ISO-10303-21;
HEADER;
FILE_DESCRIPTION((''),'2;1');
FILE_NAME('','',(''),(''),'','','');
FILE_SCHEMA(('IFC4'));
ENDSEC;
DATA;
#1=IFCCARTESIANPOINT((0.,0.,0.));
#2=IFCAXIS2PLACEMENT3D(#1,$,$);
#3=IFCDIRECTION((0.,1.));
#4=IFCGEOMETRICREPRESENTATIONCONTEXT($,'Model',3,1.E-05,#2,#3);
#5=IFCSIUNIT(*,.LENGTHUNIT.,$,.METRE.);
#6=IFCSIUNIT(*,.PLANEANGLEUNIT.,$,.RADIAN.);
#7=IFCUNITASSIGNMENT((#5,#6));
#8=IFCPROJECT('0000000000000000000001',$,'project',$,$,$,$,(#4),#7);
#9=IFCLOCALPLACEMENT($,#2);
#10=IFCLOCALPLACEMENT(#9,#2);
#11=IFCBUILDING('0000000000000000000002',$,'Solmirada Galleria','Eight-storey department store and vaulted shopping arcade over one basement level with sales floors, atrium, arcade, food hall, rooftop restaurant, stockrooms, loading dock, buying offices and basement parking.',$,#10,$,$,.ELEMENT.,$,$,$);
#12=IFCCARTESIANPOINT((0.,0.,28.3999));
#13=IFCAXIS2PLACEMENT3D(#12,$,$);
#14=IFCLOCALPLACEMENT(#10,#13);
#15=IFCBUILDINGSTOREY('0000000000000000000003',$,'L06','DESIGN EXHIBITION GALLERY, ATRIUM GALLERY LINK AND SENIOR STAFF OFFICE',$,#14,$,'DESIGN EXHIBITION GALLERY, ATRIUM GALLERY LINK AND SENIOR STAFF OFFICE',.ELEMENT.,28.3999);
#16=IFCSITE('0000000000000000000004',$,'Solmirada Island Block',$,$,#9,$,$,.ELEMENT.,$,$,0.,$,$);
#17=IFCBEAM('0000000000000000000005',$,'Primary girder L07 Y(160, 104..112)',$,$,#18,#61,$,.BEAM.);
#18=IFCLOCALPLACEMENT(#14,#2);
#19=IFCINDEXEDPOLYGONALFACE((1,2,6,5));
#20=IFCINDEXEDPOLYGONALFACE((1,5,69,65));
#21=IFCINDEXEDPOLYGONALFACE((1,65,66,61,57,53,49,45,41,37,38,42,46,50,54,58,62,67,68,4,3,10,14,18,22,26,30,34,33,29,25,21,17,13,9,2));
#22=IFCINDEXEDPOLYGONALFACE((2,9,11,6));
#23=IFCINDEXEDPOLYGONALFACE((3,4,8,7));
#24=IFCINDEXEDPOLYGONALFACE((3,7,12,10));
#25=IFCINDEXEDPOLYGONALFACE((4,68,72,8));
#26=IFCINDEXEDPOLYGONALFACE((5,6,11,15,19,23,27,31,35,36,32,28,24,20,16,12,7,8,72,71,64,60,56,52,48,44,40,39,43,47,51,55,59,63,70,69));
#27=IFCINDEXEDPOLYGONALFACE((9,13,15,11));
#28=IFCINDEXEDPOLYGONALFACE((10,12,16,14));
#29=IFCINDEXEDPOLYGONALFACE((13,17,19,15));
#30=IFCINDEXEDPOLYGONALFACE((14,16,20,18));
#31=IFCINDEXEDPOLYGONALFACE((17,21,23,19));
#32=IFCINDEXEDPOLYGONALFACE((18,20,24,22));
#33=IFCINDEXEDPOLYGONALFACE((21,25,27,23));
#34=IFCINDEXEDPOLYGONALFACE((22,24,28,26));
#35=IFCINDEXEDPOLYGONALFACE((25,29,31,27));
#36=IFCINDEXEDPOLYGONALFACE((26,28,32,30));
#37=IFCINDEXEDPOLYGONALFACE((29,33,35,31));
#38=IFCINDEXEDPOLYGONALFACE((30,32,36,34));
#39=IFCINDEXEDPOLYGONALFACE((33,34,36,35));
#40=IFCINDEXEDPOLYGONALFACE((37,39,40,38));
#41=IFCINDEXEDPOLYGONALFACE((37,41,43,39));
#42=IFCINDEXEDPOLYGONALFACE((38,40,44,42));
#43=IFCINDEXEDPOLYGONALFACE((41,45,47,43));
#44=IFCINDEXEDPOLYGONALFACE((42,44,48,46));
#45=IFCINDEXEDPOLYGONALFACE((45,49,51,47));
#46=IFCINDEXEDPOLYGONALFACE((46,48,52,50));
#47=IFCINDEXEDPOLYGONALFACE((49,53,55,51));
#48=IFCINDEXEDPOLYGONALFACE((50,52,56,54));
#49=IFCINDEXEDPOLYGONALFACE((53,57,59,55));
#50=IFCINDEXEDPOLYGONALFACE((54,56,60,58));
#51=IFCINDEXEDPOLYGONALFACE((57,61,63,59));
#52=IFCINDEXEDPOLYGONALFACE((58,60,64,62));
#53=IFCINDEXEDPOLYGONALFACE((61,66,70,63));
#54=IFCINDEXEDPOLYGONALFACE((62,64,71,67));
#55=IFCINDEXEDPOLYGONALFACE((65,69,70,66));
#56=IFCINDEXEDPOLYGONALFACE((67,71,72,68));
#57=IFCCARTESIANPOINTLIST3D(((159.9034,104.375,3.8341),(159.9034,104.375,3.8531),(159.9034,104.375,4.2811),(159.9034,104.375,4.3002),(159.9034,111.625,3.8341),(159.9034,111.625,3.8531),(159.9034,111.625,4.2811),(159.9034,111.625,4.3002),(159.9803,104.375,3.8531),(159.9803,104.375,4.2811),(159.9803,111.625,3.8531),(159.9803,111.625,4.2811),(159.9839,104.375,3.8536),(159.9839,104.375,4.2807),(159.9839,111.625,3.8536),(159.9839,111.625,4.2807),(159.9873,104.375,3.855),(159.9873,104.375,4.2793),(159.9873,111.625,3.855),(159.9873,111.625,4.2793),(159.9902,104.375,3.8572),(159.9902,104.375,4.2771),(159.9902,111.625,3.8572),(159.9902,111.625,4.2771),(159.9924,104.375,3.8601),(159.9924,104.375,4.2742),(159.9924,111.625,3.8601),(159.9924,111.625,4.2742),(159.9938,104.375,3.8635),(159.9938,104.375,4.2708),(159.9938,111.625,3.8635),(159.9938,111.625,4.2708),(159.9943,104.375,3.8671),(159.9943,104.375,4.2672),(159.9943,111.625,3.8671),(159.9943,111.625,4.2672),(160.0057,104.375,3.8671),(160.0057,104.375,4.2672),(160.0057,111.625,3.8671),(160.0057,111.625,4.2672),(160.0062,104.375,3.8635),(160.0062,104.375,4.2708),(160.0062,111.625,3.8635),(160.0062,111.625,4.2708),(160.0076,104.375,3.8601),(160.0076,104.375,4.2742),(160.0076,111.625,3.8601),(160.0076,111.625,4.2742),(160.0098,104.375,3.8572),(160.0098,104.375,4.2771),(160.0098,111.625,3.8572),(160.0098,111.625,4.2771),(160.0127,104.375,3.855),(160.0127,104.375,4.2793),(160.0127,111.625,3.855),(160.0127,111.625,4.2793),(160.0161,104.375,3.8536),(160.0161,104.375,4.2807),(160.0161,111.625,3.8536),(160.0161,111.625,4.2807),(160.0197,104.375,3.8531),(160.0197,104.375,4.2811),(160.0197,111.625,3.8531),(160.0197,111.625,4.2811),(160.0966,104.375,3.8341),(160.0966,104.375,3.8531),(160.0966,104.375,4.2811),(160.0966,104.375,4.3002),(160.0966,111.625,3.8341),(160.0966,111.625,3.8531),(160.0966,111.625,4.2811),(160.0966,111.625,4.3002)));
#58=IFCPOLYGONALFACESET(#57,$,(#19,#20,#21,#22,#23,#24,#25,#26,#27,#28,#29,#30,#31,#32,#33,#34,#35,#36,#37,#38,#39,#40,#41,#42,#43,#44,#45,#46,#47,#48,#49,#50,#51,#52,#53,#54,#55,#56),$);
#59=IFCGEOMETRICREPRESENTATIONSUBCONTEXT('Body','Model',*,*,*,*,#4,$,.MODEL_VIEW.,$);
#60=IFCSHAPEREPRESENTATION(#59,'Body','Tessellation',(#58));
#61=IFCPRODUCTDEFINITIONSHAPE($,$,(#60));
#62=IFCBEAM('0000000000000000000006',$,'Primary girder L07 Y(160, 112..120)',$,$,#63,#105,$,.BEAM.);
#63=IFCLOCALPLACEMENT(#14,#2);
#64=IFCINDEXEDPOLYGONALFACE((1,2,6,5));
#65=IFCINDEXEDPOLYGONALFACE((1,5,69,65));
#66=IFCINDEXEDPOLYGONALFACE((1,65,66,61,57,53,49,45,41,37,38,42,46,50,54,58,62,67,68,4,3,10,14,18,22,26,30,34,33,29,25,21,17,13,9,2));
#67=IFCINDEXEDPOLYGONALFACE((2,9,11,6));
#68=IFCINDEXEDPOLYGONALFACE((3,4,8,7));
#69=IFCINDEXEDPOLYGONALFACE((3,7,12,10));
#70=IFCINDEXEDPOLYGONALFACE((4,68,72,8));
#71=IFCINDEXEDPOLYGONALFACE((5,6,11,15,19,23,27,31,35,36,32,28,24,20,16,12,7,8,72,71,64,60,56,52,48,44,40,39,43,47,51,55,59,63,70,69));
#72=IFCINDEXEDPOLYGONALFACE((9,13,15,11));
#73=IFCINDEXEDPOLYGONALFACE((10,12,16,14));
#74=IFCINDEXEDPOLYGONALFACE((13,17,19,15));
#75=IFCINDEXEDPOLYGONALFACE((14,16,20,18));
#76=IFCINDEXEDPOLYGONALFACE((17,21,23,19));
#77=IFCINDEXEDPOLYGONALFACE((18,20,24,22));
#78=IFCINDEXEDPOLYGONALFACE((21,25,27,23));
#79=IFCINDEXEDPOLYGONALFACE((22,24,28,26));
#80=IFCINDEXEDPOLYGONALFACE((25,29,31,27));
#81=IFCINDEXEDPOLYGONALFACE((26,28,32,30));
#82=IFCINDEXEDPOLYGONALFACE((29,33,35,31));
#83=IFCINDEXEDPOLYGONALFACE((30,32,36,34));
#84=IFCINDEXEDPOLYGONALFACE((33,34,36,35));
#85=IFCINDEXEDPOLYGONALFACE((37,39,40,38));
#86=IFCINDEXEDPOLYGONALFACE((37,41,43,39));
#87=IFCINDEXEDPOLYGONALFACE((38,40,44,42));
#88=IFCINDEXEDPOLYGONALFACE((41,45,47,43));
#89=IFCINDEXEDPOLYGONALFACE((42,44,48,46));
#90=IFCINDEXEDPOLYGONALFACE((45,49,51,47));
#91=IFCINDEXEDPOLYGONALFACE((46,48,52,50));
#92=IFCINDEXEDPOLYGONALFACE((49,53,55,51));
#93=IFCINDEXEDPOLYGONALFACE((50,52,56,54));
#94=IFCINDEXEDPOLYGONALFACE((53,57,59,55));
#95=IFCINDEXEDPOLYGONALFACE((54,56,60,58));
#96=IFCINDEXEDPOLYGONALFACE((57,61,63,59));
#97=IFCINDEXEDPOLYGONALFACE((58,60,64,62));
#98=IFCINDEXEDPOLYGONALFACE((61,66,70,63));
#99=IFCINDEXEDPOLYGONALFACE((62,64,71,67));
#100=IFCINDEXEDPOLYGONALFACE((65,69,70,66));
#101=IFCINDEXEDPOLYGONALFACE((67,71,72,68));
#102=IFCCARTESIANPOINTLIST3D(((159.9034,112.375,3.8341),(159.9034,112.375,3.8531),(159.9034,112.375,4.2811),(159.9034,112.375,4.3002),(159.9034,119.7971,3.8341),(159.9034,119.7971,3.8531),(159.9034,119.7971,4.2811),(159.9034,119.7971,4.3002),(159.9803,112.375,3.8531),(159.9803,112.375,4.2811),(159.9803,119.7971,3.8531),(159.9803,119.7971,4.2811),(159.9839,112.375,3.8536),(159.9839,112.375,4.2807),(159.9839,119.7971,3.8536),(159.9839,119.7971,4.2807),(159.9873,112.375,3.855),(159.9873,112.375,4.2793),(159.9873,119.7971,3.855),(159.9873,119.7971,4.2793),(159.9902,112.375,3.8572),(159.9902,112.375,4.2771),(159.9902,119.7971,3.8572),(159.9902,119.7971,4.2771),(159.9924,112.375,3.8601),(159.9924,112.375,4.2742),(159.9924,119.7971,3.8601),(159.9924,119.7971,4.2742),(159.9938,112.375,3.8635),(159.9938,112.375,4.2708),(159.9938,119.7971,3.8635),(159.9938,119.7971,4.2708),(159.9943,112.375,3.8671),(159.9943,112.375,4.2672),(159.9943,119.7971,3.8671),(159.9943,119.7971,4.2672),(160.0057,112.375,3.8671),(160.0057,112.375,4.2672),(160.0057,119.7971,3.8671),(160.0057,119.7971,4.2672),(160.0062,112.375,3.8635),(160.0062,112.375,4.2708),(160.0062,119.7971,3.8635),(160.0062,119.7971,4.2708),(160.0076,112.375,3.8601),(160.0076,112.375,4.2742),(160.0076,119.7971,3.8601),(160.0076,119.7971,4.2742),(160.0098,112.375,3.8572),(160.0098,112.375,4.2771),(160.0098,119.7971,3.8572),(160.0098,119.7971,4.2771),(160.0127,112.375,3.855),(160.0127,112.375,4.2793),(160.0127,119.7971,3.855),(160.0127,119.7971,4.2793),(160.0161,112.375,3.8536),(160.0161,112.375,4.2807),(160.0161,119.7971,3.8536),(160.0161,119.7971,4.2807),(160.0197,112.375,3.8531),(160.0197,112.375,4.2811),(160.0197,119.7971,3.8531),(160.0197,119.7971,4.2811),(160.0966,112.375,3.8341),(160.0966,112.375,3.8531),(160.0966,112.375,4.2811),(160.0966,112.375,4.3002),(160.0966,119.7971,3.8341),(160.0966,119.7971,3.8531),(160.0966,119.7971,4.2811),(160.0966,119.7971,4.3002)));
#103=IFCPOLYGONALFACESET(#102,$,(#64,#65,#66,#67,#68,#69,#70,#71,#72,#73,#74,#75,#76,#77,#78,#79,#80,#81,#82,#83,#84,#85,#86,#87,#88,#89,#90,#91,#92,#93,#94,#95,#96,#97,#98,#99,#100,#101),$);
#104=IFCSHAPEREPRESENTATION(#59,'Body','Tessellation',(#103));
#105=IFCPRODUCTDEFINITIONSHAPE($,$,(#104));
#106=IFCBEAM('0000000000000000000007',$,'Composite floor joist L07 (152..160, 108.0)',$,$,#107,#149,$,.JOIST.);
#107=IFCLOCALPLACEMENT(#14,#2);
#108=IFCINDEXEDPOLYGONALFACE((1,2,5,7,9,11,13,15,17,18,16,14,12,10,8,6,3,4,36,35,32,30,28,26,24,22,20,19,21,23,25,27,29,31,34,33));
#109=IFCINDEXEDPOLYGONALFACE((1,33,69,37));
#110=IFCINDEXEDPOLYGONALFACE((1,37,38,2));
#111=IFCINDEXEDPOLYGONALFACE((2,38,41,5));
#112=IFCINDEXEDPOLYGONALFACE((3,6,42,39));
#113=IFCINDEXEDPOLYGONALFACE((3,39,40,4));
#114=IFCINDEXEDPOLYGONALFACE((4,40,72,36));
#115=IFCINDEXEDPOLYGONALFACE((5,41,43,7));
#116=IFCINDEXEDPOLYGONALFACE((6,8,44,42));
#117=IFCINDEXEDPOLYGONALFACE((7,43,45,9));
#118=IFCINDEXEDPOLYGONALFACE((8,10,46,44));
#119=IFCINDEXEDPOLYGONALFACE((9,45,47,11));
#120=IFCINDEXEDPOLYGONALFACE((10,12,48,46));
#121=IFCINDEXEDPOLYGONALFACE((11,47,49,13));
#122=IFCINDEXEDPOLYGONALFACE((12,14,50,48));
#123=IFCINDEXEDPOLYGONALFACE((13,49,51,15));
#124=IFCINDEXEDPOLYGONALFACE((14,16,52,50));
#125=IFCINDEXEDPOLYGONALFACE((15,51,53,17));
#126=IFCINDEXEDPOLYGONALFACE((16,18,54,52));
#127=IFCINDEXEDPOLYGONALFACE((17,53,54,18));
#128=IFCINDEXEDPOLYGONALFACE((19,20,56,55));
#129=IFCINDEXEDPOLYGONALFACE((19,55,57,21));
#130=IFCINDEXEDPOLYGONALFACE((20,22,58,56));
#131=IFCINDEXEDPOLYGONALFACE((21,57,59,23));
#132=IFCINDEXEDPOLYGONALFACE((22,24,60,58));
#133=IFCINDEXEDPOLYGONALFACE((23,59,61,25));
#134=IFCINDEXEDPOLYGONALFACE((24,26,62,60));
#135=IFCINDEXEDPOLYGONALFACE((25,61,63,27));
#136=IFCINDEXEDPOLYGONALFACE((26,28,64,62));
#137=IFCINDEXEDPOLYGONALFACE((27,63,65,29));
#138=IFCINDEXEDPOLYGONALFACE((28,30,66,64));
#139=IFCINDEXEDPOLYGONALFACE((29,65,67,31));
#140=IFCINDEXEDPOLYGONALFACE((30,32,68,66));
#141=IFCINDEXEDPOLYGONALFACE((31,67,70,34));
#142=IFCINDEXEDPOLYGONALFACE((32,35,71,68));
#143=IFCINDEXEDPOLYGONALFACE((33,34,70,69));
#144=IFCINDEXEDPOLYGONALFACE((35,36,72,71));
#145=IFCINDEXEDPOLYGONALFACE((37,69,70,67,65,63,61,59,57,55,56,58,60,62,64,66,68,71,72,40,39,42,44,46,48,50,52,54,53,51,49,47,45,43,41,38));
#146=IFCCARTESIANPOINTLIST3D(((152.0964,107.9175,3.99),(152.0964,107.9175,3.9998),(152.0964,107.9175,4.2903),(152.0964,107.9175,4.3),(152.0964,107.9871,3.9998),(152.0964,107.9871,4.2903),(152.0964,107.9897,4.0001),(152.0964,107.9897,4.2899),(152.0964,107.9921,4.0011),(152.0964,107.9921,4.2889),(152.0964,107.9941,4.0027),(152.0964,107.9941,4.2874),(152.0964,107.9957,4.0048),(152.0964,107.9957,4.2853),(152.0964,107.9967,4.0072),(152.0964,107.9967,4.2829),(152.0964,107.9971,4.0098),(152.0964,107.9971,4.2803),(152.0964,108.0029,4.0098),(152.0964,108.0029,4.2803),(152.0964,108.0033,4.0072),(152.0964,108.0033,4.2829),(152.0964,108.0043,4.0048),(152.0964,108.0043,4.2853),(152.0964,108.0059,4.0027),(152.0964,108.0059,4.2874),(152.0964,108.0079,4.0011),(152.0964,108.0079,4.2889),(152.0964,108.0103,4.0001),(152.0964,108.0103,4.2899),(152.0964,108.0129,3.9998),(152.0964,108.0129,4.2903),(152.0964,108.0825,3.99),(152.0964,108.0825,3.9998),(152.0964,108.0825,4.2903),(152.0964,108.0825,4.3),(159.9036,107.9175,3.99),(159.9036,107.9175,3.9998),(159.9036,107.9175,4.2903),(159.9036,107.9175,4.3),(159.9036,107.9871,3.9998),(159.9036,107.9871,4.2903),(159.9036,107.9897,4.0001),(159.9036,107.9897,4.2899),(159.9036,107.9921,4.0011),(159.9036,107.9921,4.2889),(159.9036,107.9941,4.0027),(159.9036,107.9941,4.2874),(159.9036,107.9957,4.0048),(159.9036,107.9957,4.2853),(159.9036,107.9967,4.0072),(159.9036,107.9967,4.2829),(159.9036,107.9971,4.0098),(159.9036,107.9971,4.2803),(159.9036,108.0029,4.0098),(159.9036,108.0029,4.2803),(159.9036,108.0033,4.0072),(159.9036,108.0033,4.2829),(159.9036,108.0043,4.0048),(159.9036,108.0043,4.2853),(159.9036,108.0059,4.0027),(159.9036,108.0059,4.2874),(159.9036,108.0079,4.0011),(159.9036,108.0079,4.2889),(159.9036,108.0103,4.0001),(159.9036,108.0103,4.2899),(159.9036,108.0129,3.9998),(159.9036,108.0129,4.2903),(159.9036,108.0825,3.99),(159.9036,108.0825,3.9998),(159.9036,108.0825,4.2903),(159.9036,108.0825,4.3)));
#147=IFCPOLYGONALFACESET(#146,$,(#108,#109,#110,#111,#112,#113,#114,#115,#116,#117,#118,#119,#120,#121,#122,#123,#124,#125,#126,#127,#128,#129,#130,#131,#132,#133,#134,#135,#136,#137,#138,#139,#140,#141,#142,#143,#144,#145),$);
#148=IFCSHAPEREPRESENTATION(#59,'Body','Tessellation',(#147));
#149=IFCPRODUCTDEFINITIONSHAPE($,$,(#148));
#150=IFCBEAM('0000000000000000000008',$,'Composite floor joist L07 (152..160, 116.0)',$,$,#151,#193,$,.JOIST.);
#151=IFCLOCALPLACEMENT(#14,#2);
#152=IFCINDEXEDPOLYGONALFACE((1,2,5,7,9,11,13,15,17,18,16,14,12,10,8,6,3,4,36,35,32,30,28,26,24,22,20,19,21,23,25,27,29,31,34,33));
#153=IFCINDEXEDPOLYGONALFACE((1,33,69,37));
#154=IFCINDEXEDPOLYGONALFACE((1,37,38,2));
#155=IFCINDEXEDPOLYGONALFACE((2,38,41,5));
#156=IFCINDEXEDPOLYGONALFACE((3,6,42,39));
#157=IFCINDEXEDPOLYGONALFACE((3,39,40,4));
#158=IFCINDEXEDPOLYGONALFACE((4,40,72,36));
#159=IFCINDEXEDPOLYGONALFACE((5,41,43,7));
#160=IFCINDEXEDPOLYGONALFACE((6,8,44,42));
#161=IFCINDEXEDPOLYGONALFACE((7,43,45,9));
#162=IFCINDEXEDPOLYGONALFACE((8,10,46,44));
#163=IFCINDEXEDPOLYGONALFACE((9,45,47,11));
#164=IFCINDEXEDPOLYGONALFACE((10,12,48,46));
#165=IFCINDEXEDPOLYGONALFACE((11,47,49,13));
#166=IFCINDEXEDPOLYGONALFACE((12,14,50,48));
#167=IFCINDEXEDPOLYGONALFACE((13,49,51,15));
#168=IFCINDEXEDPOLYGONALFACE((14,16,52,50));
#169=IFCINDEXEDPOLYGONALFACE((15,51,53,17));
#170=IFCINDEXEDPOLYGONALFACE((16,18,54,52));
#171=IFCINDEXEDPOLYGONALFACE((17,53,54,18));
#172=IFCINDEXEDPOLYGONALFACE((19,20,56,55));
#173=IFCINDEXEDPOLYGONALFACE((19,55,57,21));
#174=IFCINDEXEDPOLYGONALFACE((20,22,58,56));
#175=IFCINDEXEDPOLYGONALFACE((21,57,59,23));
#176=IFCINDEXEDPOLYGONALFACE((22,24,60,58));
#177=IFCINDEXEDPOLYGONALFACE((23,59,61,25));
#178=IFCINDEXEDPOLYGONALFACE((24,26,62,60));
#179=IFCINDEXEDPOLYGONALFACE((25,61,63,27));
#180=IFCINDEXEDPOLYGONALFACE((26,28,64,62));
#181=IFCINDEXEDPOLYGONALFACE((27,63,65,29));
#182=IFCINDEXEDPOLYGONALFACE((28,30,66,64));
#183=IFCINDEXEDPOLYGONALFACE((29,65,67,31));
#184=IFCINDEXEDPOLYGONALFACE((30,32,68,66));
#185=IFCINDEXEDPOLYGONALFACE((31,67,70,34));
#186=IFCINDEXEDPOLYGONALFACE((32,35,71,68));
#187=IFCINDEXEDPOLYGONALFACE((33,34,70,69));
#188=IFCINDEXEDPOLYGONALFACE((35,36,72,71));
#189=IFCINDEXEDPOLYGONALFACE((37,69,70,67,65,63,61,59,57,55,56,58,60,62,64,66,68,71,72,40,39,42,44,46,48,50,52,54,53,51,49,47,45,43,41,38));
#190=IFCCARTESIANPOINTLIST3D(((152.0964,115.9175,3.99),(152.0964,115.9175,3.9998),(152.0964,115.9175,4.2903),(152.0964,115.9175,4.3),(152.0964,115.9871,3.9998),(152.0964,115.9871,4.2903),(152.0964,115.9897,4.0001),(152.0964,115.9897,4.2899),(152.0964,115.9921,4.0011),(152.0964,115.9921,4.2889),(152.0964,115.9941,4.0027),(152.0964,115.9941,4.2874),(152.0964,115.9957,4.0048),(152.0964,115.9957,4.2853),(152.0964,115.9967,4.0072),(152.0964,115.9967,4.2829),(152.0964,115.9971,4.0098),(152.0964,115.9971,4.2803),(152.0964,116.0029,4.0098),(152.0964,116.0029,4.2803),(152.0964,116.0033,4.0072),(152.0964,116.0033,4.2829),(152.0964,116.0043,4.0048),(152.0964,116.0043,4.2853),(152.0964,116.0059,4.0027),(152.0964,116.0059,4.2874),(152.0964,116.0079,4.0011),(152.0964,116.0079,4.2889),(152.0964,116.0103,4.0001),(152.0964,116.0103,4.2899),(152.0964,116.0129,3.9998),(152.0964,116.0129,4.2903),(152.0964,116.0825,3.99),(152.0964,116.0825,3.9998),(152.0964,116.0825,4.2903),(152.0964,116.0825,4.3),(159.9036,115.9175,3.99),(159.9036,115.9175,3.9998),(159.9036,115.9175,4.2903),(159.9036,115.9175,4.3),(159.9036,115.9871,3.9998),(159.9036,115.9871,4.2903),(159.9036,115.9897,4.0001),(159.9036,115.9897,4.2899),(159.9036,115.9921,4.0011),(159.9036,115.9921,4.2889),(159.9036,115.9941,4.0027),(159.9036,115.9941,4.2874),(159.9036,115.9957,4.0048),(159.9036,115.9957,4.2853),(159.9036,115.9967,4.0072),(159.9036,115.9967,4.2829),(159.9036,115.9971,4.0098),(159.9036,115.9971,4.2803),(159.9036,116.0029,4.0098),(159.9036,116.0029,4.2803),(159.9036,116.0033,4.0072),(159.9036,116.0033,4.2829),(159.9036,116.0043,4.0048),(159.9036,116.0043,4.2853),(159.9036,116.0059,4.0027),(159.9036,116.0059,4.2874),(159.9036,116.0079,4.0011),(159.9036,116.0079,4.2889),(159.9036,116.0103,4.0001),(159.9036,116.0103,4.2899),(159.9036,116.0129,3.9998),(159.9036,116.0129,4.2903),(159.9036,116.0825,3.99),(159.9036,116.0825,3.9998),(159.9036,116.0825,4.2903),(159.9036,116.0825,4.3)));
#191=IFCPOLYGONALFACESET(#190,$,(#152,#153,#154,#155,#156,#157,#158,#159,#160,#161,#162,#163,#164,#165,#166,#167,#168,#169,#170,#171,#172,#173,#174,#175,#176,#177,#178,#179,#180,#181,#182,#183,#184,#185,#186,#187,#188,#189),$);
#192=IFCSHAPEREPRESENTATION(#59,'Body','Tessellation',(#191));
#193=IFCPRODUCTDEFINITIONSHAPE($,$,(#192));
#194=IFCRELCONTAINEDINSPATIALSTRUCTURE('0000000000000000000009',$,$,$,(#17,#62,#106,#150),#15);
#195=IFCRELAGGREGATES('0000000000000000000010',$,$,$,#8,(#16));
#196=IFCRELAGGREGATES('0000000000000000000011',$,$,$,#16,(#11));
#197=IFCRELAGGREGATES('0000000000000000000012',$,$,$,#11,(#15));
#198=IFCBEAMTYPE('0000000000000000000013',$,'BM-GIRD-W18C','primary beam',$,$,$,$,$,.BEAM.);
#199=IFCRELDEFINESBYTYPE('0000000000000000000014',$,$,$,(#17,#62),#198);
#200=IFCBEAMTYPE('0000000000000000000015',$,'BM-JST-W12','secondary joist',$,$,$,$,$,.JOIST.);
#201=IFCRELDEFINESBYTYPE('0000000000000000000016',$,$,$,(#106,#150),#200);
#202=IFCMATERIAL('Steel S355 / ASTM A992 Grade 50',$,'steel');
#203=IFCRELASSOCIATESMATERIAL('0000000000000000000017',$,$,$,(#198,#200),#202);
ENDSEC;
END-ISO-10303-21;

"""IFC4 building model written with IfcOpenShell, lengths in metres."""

from ifc_helpers import new_model, si_unit, direction, frame, origin, origin_2d, place, context, subcontext, project, spatial, i_section, extrude, material, material_profile, profile_set, type_object, element, save


model = new_model("IFC4")

# Units and contexts
model_context = context("Model", 3, precision=1e-05, world=origin(), true_north=direction((0.0, 1.0)))
body_context = subcontext(model_context, "Body", "Model", "MODEL_VIEW")
ifc_project = project(units=[si_unit("LENGTHUNIT", "METRE"), si_unit("PLANEANGLEUNIT", "RADIAN")], contexts=[model_context])

# Site, building, storey
site_placement = place(None, origin())
site = spatial("IfcSite", under=ifc_project, at=site_placement, Name="Solmirada Island Block", CompositionType="ELEMENT", RefElevation=0.0)
building_placement = place(site_placement, origin())
building = spatial("IfcBuilding", under=site, at=building_placement, Name="Solmirada Galleria", Description="Eight-storey department store and vaulted shopping arcade over one basement level with sales floors, atrium, arcade, food hall, rooftop restaurant, stockrooms, loading dock, buying offices and basement parking.", CompositionType="ELEMENT")
storey_placement = place(building_placement, frame((0.0, 0.0, 28.3999)))
storey = spatial("IfcBuildingStorey", under=building, at=storey_placement, Name="L06", Description="DESIGN EXHIBITION GALLERY, ATRIUM GALLERY LINK AND SENIOR STAFF OFFICE", LongName="DESIGN EXHIBITION GALLERY, ATRIUM GALLERY LINK AND SENIOR STAFF OFFICE", CompositionType="ELEMENT", Elevation=28.3999)

# Beams
ifc_material_1 = material(Name="Steel S355 / ASTM A992 Grade 50", Category="steel")
ifc_material_profile_1 = material_profile(ifc_material_1, i_section(OverallWidth=0.1931, OverallDepth=0.4661, WebThickness=0.0115, FlangeThickness=0.019, FilletRadius=0.0139, at=origin_2d()), Name="W18X65")
ifc_profile_set_1 = profile_set([ifc_material_profile_1], Name="Steel S355 / ASTM A992 Grade 50")
beam_type_1 = type_object("IfcBeamType", Name="BM-GIRD-W18C", Description="primary beam", PredefinedType="BEAM", material=ifc_profile_set_1)
beam_1_placement = place(storey_placement, frame((160.0, 104.375, 4.0671), z_axis=(0.0, 1.0, 0.0), x_axis=(-1.0, 0.0, 0.0)))
element("IfcBeam", 1, at=beam_1_placement, inside=storey, type_object=beam_type_1, Name="Primary girder L07 Y(160, 104..112)", PredefinedType="BEAM", context=body_context, shape_type="SweptSolid", body=[
    extrude(i_section(OverallWidth=0.1931, OverallDepth=0.4661, WebThickness=0.0115, FlangeThickness=0.019, FilletRadius=0.0139, at=origin_2d()), origin(), (0.0, 0.0, 1.0), 7.25),
])
beam_2_placement = place(storey_placement, frame((160.0, 112.375, 4.0671), z_axis=(0.0, 1.0, 0.0), x_axis=(-1.0, 0.0, 0.0)))
element("IfcBeam", 2, at=beam_2_placement, inside=storey, type_object=beam_type_1, Name="Primary girder L07 Y(160, 112..120)", PredefinedType="BEAM", context=body_context, shape_type="SweptSolid", body=[
    extrude(i_section(OverallWidth=0.1931, OverallDepth=0.4661, WebThickness=0.0115, FlangeThickness=0.019, FilletRadius=0.0139, at=origin_2d()), origin(), (0.0, 0.0, 1.0), 7.4221),
])
ifc_material_profile_2 = material_profile(ifc_material_1, i_section(OverallWidth=0.165, OverallDepth=0.3101, WebThickness=0.0059, FlangeThickness=0.0098, FilletRadius=0.01, at=origin_2d()), Name="W12X26")
ifc_profile_set_2 = profile_set([ifc_material_profile_2], Name="Steel S355 / ASTM A992 Grade 50")
beam_type_2 = type_object("IfcBeamType", Name="BM-JST-W12", Description="secondary joist", PredefinedType="JOIST", material=ifc_profile_set_2)
for number, where, z_axis, x_axis, name in (
    (3, (152.0964, 108.0, 4.145), (1.0, 0.0, 0.0), (0.0, 1.0, 0.0), "Composite floor joist L07 (152..160, 108.0)"),
    (4, (152.0964, 116.0, 4.145), (1.0, 0.0, 0.0), (0.0, 1.0, 0.0), "Composite floor joist L07 (152..160, 116.0)"),
):
    element("IfcBeam", number, at=place(storey_placement, frame(where, z_axis=z_axis, x_axis=x_axis)), inside=storey, type_object=beam_type_2, Name=name, PredefinedType="JOIST", context=body_context, shape_type="SweptSolid", body=[
        extrude(i_section(OverallWidth=0.165, OverallDepth=0.3101, WebThickness=0.0059, FlangeThickness=0.0098, FilletRadius=0.01, at=origin_2d()), origin(), (0.0, 0.0, 1.0), 7.8071),
    ])

save(model, "model.ifc")
